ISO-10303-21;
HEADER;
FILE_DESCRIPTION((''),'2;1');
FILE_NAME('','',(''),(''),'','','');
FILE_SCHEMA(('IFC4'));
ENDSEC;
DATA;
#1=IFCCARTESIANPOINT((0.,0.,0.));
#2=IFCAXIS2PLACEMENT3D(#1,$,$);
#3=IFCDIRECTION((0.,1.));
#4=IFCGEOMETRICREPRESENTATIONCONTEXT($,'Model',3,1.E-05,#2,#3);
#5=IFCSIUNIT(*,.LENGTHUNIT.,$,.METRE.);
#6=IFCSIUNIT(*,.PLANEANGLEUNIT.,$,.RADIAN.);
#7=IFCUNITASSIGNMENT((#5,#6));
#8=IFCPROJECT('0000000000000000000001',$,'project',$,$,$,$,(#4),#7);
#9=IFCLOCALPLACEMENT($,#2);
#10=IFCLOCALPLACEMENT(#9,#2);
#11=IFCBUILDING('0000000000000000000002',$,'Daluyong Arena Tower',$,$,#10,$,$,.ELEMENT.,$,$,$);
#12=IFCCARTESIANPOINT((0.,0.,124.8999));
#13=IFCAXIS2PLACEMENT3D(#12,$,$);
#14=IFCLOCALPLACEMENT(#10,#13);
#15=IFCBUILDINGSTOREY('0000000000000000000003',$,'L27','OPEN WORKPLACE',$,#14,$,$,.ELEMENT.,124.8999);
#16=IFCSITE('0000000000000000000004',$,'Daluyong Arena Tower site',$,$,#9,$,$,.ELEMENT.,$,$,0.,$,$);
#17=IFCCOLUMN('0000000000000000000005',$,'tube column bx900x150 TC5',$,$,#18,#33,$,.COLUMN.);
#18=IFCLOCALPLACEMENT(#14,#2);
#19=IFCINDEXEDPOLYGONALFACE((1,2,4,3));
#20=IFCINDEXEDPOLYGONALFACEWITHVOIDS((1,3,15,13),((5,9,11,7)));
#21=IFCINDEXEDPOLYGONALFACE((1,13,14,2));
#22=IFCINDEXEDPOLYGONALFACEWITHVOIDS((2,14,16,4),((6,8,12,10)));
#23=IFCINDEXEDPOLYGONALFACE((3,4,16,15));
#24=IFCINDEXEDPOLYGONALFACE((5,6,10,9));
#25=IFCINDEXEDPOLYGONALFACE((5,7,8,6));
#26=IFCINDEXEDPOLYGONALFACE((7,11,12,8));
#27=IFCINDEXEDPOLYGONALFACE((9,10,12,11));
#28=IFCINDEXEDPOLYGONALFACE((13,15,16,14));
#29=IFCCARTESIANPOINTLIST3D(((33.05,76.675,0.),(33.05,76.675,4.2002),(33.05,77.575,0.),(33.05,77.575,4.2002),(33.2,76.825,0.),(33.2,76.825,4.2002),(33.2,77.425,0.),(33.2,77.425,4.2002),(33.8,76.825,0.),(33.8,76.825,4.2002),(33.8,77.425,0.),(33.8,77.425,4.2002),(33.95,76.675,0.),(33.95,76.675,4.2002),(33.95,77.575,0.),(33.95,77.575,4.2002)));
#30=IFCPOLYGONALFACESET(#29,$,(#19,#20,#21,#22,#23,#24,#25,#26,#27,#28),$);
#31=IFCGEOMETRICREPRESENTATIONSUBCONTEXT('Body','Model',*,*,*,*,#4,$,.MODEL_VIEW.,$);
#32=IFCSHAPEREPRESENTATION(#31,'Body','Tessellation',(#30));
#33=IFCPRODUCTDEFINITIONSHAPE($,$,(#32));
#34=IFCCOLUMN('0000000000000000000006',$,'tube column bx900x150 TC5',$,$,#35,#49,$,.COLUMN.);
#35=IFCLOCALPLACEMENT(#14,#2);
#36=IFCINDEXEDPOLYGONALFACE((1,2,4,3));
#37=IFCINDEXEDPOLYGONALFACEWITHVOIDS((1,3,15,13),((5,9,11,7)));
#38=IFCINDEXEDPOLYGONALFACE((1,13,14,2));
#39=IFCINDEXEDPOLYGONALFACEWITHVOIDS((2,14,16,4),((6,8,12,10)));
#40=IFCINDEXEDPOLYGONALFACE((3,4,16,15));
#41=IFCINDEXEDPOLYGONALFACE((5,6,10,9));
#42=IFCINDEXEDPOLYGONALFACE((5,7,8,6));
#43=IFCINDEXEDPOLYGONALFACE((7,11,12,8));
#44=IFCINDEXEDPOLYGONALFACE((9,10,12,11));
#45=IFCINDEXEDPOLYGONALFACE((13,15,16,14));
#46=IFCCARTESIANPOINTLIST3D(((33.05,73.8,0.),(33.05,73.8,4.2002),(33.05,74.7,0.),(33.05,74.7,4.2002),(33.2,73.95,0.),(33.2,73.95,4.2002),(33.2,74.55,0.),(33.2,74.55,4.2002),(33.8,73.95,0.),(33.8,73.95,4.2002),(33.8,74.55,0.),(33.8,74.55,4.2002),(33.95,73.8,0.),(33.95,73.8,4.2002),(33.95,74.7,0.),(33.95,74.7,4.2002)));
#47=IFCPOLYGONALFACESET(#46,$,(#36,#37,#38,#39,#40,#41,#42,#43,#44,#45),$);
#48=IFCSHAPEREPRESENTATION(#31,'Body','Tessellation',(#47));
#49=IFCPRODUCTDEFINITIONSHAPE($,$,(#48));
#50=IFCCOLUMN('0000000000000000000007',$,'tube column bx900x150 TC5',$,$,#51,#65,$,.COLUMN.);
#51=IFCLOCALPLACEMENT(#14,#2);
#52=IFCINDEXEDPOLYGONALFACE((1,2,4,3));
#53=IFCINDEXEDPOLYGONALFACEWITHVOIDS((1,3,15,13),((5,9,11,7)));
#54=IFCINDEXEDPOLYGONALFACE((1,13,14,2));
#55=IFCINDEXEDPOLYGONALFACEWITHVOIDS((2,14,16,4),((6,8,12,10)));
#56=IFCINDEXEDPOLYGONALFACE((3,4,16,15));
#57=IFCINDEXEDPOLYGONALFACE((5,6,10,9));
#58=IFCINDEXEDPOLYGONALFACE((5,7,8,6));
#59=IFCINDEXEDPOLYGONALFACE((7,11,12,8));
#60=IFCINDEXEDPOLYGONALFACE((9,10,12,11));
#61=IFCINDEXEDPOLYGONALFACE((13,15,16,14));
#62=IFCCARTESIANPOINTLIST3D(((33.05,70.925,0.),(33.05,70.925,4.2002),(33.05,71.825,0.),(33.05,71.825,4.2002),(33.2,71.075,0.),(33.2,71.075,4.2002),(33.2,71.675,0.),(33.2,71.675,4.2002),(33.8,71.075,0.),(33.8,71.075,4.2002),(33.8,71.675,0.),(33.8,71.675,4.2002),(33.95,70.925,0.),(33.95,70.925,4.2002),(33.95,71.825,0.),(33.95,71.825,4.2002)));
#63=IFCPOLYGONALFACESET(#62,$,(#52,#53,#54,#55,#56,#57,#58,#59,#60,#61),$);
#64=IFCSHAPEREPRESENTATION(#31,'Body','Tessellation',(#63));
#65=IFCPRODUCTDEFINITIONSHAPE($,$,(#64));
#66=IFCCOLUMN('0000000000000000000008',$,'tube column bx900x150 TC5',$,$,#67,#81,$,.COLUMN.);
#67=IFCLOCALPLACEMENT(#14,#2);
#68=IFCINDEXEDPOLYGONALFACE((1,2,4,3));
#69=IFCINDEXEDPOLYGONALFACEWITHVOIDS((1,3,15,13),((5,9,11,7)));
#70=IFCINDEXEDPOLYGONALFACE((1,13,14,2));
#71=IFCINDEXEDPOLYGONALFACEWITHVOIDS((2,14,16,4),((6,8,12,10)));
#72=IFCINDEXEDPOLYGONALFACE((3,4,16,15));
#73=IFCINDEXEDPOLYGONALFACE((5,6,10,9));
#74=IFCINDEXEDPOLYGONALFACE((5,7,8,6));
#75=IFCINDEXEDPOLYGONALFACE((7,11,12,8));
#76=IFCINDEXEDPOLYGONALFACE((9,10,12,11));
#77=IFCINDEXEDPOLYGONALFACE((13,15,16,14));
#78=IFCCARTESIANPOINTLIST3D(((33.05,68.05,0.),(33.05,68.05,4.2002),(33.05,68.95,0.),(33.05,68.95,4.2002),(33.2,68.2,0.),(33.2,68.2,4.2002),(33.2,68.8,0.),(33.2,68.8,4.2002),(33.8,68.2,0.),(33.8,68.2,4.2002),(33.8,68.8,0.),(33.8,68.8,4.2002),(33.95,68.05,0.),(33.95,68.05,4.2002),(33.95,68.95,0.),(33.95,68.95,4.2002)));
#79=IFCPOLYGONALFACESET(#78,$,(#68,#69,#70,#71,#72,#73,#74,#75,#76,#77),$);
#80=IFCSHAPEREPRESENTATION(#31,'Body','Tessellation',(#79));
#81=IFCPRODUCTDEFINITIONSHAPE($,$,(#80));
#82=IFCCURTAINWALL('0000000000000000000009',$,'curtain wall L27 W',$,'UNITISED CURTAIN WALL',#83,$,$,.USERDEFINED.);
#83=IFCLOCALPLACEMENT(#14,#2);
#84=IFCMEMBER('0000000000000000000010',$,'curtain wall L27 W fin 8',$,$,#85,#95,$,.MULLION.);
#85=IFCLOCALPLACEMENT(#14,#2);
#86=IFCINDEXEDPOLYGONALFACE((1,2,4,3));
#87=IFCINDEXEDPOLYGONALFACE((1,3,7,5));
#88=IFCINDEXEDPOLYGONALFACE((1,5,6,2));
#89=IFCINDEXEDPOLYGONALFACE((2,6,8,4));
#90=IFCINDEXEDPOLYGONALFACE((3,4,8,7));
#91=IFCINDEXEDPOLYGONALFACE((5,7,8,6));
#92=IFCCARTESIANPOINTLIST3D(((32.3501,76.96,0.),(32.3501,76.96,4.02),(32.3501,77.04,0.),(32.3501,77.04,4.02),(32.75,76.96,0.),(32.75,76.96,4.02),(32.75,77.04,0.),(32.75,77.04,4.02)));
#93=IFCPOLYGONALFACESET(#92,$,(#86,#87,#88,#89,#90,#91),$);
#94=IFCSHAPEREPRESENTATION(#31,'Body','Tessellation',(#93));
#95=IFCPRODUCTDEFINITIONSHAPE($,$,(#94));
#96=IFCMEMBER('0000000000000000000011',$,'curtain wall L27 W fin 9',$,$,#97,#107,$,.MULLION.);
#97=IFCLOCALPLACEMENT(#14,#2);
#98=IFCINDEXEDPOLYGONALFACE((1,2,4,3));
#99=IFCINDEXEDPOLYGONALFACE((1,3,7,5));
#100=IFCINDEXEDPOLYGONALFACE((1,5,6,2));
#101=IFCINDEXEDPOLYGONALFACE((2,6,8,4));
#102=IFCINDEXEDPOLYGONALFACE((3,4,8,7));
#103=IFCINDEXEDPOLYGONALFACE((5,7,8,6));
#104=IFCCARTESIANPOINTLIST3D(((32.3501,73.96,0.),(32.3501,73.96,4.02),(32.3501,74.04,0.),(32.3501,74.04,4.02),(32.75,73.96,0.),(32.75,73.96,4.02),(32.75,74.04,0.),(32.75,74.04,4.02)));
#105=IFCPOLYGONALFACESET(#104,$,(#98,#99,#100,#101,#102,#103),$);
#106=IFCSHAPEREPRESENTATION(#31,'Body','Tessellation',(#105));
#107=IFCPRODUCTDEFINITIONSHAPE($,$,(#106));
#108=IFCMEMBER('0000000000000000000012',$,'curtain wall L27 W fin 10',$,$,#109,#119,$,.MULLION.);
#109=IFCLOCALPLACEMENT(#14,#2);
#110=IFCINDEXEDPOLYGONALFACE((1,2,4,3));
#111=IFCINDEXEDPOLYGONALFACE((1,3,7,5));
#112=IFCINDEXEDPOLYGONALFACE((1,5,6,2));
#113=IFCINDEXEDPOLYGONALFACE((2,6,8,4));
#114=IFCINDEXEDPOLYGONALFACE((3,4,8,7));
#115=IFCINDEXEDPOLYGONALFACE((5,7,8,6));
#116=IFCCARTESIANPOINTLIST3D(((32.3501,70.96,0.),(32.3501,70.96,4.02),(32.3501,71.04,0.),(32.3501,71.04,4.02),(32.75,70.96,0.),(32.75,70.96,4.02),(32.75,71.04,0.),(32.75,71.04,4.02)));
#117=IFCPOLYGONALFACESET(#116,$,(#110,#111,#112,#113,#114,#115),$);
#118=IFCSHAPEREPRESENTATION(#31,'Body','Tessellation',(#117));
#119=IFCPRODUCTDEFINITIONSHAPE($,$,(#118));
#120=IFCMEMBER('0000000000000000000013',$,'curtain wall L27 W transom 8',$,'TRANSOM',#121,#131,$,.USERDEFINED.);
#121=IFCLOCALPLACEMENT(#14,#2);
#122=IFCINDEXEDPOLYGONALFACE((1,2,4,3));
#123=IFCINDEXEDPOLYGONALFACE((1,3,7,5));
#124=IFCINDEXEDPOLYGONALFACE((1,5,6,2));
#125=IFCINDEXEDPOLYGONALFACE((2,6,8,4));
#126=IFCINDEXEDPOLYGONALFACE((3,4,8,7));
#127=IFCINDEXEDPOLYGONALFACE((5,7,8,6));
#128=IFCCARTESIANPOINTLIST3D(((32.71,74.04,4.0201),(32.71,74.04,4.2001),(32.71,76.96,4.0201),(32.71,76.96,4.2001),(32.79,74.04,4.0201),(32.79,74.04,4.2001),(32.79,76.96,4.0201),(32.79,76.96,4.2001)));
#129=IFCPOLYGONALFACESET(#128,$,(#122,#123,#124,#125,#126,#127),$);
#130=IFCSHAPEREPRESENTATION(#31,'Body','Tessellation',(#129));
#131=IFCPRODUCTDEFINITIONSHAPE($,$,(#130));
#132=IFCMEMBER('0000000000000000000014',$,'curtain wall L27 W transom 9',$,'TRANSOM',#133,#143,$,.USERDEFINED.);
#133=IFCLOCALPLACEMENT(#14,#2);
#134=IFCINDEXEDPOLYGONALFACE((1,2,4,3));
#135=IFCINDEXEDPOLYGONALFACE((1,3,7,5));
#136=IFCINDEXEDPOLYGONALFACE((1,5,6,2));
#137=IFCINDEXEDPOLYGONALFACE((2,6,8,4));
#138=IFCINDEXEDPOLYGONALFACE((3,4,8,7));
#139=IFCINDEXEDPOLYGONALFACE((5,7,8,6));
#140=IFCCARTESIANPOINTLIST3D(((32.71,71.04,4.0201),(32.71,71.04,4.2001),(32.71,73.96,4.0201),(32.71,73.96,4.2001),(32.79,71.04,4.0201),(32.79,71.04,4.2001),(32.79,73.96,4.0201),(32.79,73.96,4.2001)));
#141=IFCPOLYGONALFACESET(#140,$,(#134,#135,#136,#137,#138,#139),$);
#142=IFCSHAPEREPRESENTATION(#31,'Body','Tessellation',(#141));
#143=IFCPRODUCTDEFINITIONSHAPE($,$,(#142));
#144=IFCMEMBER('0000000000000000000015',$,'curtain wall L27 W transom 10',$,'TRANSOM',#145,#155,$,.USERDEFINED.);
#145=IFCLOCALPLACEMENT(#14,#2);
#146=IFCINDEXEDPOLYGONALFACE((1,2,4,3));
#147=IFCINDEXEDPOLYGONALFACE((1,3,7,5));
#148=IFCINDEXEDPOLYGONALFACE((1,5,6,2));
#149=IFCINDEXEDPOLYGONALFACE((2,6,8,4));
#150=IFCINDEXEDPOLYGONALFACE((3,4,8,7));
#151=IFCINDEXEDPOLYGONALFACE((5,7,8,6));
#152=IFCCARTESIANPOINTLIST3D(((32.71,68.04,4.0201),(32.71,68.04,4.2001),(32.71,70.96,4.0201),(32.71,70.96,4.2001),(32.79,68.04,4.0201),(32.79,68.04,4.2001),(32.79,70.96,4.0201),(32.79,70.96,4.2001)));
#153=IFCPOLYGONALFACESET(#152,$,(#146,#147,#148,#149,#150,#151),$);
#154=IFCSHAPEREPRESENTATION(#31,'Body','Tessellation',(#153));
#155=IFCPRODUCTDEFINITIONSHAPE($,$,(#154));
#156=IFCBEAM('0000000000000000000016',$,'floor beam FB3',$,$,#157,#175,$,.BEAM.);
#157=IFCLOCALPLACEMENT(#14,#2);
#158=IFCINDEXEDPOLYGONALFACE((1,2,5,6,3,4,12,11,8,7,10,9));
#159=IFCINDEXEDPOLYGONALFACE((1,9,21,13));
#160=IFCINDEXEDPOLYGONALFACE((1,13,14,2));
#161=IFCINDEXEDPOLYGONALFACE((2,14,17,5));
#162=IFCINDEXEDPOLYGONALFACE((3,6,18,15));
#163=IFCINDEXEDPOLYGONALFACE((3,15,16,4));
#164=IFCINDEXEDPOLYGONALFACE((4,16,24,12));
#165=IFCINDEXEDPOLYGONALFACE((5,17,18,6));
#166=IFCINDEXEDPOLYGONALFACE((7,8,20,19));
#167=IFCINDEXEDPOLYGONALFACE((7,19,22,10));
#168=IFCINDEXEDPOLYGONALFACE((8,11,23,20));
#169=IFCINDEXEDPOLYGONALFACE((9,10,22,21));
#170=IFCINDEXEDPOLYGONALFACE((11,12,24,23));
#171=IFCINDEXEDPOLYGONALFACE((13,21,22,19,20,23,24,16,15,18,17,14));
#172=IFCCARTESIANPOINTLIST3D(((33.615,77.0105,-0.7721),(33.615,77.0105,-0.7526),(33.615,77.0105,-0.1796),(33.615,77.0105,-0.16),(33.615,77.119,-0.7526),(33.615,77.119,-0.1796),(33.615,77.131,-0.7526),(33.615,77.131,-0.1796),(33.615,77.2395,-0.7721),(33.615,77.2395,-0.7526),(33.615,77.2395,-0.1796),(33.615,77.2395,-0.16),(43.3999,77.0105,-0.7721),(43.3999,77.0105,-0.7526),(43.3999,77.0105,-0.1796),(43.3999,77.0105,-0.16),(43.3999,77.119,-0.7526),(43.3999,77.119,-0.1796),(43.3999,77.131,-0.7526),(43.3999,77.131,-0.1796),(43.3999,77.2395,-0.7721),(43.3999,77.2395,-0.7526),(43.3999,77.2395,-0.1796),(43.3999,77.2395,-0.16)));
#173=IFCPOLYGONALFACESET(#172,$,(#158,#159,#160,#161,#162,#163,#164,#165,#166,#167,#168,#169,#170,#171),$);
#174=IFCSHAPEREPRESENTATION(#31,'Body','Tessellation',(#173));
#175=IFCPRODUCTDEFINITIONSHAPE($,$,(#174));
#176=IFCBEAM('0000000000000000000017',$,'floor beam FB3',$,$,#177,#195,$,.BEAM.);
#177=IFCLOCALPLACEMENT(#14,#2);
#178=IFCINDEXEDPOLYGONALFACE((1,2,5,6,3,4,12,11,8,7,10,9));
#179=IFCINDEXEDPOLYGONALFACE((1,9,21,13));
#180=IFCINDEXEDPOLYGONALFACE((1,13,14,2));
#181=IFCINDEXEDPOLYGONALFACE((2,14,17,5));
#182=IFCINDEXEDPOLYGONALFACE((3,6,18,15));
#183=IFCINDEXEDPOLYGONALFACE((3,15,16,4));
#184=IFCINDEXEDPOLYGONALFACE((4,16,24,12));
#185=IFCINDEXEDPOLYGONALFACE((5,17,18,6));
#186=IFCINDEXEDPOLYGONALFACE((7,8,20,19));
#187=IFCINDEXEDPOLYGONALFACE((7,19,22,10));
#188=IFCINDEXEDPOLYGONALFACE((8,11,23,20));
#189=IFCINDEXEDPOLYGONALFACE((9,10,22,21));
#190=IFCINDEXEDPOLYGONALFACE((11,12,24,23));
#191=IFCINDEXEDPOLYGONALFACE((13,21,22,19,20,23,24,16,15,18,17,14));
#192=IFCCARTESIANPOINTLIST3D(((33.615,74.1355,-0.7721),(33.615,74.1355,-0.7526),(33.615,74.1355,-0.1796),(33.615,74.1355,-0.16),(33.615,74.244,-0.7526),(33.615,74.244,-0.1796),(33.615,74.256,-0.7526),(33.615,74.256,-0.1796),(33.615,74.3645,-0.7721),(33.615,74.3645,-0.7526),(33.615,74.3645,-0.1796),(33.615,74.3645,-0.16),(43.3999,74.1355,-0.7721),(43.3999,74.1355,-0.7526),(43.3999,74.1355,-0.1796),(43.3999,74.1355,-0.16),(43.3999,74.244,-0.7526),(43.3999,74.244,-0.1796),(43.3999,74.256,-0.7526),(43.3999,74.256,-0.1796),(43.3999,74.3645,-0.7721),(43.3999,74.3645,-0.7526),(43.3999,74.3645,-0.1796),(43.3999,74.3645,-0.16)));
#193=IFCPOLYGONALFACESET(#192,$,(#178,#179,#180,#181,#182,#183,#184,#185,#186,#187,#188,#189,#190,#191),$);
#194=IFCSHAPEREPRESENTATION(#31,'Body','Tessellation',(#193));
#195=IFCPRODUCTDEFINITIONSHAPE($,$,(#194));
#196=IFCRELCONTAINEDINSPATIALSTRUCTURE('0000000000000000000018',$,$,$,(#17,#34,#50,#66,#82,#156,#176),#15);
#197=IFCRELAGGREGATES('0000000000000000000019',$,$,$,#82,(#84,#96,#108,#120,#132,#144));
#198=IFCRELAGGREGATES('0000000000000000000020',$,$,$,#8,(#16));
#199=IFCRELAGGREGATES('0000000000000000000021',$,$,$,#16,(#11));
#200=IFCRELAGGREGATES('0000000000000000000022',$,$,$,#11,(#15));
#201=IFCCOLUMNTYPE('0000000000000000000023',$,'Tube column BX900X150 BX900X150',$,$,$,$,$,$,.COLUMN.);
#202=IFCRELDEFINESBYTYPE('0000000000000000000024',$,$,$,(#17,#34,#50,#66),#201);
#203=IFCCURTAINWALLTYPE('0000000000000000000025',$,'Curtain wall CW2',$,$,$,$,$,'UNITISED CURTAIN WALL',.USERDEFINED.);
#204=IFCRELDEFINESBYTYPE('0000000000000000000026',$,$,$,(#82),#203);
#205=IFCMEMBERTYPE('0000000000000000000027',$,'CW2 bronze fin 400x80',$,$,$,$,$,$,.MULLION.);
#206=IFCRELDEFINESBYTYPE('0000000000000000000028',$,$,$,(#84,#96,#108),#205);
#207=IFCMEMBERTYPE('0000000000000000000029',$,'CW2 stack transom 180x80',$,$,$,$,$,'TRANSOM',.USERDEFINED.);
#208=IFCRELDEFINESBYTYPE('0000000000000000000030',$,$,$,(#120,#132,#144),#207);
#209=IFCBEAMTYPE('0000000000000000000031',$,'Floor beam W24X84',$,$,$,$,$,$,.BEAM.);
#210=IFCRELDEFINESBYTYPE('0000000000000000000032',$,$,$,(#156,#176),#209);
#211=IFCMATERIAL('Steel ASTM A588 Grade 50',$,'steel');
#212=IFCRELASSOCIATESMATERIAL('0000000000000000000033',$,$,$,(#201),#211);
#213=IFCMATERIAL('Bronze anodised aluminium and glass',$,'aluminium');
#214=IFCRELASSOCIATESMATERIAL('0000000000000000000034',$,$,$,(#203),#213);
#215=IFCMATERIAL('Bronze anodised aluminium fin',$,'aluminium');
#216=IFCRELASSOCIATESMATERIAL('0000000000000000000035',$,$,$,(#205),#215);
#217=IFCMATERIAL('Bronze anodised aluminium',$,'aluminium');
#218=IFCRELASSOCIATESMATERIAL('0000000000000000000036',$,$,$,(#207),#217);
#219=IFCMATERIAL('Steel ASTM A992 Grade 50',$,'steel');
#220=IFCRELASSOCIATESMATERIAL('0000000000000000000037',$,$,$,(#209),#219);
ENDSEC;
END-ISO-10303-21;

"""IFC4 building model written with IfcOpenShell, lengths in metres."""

from ifc_helpers import new_model, si_unit, direction, frame, origin, origin_2d, place, context, subcontext, project, spatial, rectangle, hollow_rectangle, i_section, extrude, material, material_profile, profile_set, type_object, element, aggregate, save


model = new_model("IFC4")

# Units and contexts
model_context = context("Model", 3, precision=1e-05, world=origin(), true_north=direction((0.0, 1.0)))
body_context = subcontext(model_context, "Body", "Model", "MODEL_VIEW")
ifc_project = project(units=[si_unit("LENGTHUNIT", "METRE"), si_unit("PLANEANGLEUNIT", "RADIAN")], contexts=[model_context])

# Site, building, storey
site_placement = place(None, origin())
site = spatial("IfcSite", under=ifc_project, at=site_placement, Name="Daluyong Arena Tower site", CompositionType="ELEMENT", RefElevation=0.0)
building_placement = place(site_placement, origin())
building = spatial("IfcBuilding", under=site, at=building_placement, Name="Daluyong Arena Tower", CompositionType="ELEMENT")
storey_placement = place(building_placement, frame((0.0, 0.0, 124.8999)))
storey = spatial("IfcBuildingStorey", under=building, at=storey_placement, Name="L27", Description="OPEN WORKPLACE", CompositionType="ELEMENT", Elevation=124.8999)

# Columns
ifc_material_1 = material(Name="Steel ASTM A588 Grade 50", Category="steel")
ifc_material_profile_1 = material_profile(ifc_material_1, hollow_rectangle(XDim=0.8999, YDim=0.8999, WallThickness=0.15, at=origin_2d()))
ifc_profile_set_1 = profile_set([ifc_material_profile_1], Name="Steel ASTM A588 Grade 50")
column_type = type_object("IfcColumnType", Name="Tube column BX900X150 BX900X150", PredefinedType="COLUMN", material=ifc_profile_set_1)
for number, where, z_axis, x_axis, name in (
    (1, (33.5, 77.125, 0.0), (0.0, 0.0, 1.0), (0.0, 1.0, 0.0), "tube column bx900x150 TC5"),
    (2, (33.5, 74.25, 0.0), (0.0, 0.0, 1.0), (0.0, 1.0, 0.0), "tube column bx900x150 TC5"),
    (3, (33.5, 71.375, 0.0), (0.0, 0.0, 1.0), (0.0, 1.0, 0.0), "tube column bx900x150 TC5"),
    (4, (33.5, 68.5, 0.0), (0.0, 0.0, 1.0), (0.0, 1.0, 0.0), "tube column bx900x150 TC5"),
):
    element("IfcColumn", number, at=place(storey_placement, frame(where, z_axis=z_axis, x_axis=x_axis)), inside=storey, type_object=column_type, Name=name, PredefinedType="COLUMN", context=body_context, shape_type="SweptSolid", body=[
        extrude(hollow_rectangle(XDim=0.8999, YDim=0.8999, WallThickness=0.15, at=origin_2d()), origin(), (0.0, 0.0, 1.0), 4.2002),
    ])

# Curtain wall, members
ifc_material_2 = material(Name="Bronze anodised aluminium and glass", Category="aluminium")
curtain_wall_type = type_object("IfcCurtainWallType", Name="Curtain wall CW2", ElementType="UNITISED CURTAIN WALL", PredefinedType="USERDEFINED", material=ifc_material_2)
curtain_wall_placement = place(storey_placement, origin())
curtain_wall = element("IfcCurtainWall", 5, at=curtain_wall_placement, inside=storey, type_object=curtain_wall_type, Name="curtain wall L27 W", ObjectType="UNITISED CURTAIN WALL", PredefinedType="USERDEFINED")
ifc_material_3 = material(Name="Bronze anodised aluminium fin", Category="aluminium")
ifc_material_profile_2 = material_profile(ifc_material_3, rectangle(XDim=0.3999, YDim=0.0801, at=origin_2d()))
ifc_profile_set_2 = profile_set([ifc_material_profile_2], Name="Bronze anodised aluminium fin")
member_type_1 = type_object("IfcMemberType", Name="CW2 bronze fin 400x80", PredefinedType="MULLION", material=ifc_profile_set_2)
member_1_placement = place(storey_placement, frame((32.55, 77.0, 0.0), z_axis=(0.0, 0.0, 1.0), x_axis=(1.0, 0.0, 0.0)))
member_1 = element("IfcMember", 6, at=member_1_placement, type_object=member_type_1, Name="curtain wall L27 W fin 8", PredefinedType="MULLION", context=body_context, shape_type="SweptSolid", body=[
    extrude(rectangle(XDim=0.3999, YDim=0.0801, at=origin_2d()), origin(), (0.0, 0.0, 1.0), 4.02),
])
member_2_placement = place(storey_placement, frame((32.55, 74.0, 0.0), z_axis=(0.0, 0.0, 1.0), x_axis=(1.0, 0.0, 0.0)))
member_2 = element("IfcMember", 7, at=member_2_placement, type_object=member_type_1, Name="curtain wall L27 W fin 9", PredefinedType="MULLION", context=body_context, shape_type="SweptSolid", body=[
    extrude(rectangle(XDim=0.3999, YDim=0.0801, at=origin_2d()), origin(), (0.0, 0.0, 1.0), 4.02),
])
member_3_placement = place(storey_placement, frame((32.55, 71.0, 0.0), z_axis=(0.0, 0.0, 1.0), x_axis=(1.0, 0.0, 0.0)))
member_3 = element("IfcMember", 8, at=member_3_placement, type_object=member_type_1, Name="curtain wall L27 W fin 10", PredefinedType="MULLION", context=body_context, shape_type="SweptSolid", body=[
    extrude(rectangle(XDim=0.3999, YDim=0.0801, at=origin_2d()), origin(), (0.0, 0.0, 1.0), 4.02),
])
ifc_material_4 = material(Name="Bronze anodised aluminium", Category="aluminium")
ifc_material_profile_3 = material_profile(ifc_material_4, rectangle(XDim=0.0801, YDim=0.1799, at=origin_2d()))
ifc_profile_set_3 = profile_set([ifc_material_profile_3], Name="Bronze anodised aluminium")
member_type_2 = type_object("IfcMemberType", Name="CW2 stack transom 180x80", ElementType="TRANSOM", PredefinedType="USERDEFINED", material=ifc_profile_set_3)
member_4_placement = place(storey_placement, frame((32.75, 76.96, 4.1101), z_axis=(0.0, -1.0, 0.0), x_axis=(1.0, 0.0, 0.0)))
member_4 = element("IfcMember", 9, at=member_4_placement, type_object=member_type_2, Name="curtain wall L27 W transom 8", ObjectType="TRANSOM", PredefinedType="USERDEFINED", context=body_context, shape_type="SweptSolid", body=[
    extrude(rectangle(XDim=0.0801, YDim=0.1799, at=origin_2d()), origin(), (0.0, 0.0, 1.0), 2.9199),
])
member_5_placement = place(storey_placement, frame((32.75, 73.96, 4.1101), z_axis=(0.0, -1.0, 0.0), x_axis=(1.0, 0.0, 0.0)))
member_5 = element("IfcMember", 10, at=member_5_placement, type_object=member_type_2, Name="curtain wall L27 W transom 9", ObjectType="TRANSOM", PredefinedType="USERDEFINED", context=body_context, shape_type="SweptSolid", body=[
    extrude(rectangle(XDim=0.0801, YDim=0.1799, at=origin_2d()), origin(), (0.0, 0.0, 1.0), 2.9199),
])
member_6_placement = place(storey_placement, frame((32.75, 70.96, 4.1101), z_axis=(0.0, -1.0, 0.0), x_axis=(1.0, 0.0, 0.0)))
member_6 = element("IfcMember", 11, at=member_6_placement, type_object=member_type_2, Name="curtain wall L27 W transom 10", ObjectType="TRANSOM", PredefinedType="USERDEFINED", context=body_context, shape_type="SweptSolid", body=[
    extrude(rectangle(XDim=0.0801, YDim=0.1799, at=origin_2d()), origin(), (0.0, 0.0, 1.0), 2.9199),
])

# Beams
ifc_material_5 = material(Name="Steel ASTM A992 Grade 50", Category="steel")
ifc_material_profile_4 = material_profile(ifc_material_5, i_section(OverallWidth=0.229, OverallDepth=0.6121, WebThickness=0.012, FlangeThickness=0.0195, at=origin_2d()))
ifc_profile_set_4 = profile_set([ifc_material_profile_4], Name="Steel ASTM A992 Grade 50")
beam_type_1 = type_object("IfcBeamType", Name="Floor beam W24X84", PredefinedType="BEAM", material=ifc_profile_set_4)
for number, where, z_axis, x_axis, name in (
    (12, (33.615, 77.125, -0.4661), (1.0, 0.0, 0.0), (0.0, 1.0, 0.0), "floor beam FB3"),
    (13, (33.615, 74.25, -0.4661), (1.0, 0.0, 0.0), (0.0, 1.0, 0.0), "floor beam FB3"),
):
    element("IfcBeam", number, at=place(storey_placement, frame(where, z_axis=z_axis, x_axis=x_axis)), inside=storey, type_object=beam_type_1, Name=name, PredefinedType="BEAM", context=body_context, shape_type="SweptSolid", body=[
        extrude(i_section(OverallWidth=0.229, OverallDepth=0.6121, WebThickness=0.012, FlangeThickness=0.0195, at=origin_2d()), origin(), (0.0, 0.0, 1.0), 9.7849),
    ])

aggregate(curtain_wall, [member_1, member_2, member_3, member_4, member_5, member_6])

save(model, "model.ifc")
